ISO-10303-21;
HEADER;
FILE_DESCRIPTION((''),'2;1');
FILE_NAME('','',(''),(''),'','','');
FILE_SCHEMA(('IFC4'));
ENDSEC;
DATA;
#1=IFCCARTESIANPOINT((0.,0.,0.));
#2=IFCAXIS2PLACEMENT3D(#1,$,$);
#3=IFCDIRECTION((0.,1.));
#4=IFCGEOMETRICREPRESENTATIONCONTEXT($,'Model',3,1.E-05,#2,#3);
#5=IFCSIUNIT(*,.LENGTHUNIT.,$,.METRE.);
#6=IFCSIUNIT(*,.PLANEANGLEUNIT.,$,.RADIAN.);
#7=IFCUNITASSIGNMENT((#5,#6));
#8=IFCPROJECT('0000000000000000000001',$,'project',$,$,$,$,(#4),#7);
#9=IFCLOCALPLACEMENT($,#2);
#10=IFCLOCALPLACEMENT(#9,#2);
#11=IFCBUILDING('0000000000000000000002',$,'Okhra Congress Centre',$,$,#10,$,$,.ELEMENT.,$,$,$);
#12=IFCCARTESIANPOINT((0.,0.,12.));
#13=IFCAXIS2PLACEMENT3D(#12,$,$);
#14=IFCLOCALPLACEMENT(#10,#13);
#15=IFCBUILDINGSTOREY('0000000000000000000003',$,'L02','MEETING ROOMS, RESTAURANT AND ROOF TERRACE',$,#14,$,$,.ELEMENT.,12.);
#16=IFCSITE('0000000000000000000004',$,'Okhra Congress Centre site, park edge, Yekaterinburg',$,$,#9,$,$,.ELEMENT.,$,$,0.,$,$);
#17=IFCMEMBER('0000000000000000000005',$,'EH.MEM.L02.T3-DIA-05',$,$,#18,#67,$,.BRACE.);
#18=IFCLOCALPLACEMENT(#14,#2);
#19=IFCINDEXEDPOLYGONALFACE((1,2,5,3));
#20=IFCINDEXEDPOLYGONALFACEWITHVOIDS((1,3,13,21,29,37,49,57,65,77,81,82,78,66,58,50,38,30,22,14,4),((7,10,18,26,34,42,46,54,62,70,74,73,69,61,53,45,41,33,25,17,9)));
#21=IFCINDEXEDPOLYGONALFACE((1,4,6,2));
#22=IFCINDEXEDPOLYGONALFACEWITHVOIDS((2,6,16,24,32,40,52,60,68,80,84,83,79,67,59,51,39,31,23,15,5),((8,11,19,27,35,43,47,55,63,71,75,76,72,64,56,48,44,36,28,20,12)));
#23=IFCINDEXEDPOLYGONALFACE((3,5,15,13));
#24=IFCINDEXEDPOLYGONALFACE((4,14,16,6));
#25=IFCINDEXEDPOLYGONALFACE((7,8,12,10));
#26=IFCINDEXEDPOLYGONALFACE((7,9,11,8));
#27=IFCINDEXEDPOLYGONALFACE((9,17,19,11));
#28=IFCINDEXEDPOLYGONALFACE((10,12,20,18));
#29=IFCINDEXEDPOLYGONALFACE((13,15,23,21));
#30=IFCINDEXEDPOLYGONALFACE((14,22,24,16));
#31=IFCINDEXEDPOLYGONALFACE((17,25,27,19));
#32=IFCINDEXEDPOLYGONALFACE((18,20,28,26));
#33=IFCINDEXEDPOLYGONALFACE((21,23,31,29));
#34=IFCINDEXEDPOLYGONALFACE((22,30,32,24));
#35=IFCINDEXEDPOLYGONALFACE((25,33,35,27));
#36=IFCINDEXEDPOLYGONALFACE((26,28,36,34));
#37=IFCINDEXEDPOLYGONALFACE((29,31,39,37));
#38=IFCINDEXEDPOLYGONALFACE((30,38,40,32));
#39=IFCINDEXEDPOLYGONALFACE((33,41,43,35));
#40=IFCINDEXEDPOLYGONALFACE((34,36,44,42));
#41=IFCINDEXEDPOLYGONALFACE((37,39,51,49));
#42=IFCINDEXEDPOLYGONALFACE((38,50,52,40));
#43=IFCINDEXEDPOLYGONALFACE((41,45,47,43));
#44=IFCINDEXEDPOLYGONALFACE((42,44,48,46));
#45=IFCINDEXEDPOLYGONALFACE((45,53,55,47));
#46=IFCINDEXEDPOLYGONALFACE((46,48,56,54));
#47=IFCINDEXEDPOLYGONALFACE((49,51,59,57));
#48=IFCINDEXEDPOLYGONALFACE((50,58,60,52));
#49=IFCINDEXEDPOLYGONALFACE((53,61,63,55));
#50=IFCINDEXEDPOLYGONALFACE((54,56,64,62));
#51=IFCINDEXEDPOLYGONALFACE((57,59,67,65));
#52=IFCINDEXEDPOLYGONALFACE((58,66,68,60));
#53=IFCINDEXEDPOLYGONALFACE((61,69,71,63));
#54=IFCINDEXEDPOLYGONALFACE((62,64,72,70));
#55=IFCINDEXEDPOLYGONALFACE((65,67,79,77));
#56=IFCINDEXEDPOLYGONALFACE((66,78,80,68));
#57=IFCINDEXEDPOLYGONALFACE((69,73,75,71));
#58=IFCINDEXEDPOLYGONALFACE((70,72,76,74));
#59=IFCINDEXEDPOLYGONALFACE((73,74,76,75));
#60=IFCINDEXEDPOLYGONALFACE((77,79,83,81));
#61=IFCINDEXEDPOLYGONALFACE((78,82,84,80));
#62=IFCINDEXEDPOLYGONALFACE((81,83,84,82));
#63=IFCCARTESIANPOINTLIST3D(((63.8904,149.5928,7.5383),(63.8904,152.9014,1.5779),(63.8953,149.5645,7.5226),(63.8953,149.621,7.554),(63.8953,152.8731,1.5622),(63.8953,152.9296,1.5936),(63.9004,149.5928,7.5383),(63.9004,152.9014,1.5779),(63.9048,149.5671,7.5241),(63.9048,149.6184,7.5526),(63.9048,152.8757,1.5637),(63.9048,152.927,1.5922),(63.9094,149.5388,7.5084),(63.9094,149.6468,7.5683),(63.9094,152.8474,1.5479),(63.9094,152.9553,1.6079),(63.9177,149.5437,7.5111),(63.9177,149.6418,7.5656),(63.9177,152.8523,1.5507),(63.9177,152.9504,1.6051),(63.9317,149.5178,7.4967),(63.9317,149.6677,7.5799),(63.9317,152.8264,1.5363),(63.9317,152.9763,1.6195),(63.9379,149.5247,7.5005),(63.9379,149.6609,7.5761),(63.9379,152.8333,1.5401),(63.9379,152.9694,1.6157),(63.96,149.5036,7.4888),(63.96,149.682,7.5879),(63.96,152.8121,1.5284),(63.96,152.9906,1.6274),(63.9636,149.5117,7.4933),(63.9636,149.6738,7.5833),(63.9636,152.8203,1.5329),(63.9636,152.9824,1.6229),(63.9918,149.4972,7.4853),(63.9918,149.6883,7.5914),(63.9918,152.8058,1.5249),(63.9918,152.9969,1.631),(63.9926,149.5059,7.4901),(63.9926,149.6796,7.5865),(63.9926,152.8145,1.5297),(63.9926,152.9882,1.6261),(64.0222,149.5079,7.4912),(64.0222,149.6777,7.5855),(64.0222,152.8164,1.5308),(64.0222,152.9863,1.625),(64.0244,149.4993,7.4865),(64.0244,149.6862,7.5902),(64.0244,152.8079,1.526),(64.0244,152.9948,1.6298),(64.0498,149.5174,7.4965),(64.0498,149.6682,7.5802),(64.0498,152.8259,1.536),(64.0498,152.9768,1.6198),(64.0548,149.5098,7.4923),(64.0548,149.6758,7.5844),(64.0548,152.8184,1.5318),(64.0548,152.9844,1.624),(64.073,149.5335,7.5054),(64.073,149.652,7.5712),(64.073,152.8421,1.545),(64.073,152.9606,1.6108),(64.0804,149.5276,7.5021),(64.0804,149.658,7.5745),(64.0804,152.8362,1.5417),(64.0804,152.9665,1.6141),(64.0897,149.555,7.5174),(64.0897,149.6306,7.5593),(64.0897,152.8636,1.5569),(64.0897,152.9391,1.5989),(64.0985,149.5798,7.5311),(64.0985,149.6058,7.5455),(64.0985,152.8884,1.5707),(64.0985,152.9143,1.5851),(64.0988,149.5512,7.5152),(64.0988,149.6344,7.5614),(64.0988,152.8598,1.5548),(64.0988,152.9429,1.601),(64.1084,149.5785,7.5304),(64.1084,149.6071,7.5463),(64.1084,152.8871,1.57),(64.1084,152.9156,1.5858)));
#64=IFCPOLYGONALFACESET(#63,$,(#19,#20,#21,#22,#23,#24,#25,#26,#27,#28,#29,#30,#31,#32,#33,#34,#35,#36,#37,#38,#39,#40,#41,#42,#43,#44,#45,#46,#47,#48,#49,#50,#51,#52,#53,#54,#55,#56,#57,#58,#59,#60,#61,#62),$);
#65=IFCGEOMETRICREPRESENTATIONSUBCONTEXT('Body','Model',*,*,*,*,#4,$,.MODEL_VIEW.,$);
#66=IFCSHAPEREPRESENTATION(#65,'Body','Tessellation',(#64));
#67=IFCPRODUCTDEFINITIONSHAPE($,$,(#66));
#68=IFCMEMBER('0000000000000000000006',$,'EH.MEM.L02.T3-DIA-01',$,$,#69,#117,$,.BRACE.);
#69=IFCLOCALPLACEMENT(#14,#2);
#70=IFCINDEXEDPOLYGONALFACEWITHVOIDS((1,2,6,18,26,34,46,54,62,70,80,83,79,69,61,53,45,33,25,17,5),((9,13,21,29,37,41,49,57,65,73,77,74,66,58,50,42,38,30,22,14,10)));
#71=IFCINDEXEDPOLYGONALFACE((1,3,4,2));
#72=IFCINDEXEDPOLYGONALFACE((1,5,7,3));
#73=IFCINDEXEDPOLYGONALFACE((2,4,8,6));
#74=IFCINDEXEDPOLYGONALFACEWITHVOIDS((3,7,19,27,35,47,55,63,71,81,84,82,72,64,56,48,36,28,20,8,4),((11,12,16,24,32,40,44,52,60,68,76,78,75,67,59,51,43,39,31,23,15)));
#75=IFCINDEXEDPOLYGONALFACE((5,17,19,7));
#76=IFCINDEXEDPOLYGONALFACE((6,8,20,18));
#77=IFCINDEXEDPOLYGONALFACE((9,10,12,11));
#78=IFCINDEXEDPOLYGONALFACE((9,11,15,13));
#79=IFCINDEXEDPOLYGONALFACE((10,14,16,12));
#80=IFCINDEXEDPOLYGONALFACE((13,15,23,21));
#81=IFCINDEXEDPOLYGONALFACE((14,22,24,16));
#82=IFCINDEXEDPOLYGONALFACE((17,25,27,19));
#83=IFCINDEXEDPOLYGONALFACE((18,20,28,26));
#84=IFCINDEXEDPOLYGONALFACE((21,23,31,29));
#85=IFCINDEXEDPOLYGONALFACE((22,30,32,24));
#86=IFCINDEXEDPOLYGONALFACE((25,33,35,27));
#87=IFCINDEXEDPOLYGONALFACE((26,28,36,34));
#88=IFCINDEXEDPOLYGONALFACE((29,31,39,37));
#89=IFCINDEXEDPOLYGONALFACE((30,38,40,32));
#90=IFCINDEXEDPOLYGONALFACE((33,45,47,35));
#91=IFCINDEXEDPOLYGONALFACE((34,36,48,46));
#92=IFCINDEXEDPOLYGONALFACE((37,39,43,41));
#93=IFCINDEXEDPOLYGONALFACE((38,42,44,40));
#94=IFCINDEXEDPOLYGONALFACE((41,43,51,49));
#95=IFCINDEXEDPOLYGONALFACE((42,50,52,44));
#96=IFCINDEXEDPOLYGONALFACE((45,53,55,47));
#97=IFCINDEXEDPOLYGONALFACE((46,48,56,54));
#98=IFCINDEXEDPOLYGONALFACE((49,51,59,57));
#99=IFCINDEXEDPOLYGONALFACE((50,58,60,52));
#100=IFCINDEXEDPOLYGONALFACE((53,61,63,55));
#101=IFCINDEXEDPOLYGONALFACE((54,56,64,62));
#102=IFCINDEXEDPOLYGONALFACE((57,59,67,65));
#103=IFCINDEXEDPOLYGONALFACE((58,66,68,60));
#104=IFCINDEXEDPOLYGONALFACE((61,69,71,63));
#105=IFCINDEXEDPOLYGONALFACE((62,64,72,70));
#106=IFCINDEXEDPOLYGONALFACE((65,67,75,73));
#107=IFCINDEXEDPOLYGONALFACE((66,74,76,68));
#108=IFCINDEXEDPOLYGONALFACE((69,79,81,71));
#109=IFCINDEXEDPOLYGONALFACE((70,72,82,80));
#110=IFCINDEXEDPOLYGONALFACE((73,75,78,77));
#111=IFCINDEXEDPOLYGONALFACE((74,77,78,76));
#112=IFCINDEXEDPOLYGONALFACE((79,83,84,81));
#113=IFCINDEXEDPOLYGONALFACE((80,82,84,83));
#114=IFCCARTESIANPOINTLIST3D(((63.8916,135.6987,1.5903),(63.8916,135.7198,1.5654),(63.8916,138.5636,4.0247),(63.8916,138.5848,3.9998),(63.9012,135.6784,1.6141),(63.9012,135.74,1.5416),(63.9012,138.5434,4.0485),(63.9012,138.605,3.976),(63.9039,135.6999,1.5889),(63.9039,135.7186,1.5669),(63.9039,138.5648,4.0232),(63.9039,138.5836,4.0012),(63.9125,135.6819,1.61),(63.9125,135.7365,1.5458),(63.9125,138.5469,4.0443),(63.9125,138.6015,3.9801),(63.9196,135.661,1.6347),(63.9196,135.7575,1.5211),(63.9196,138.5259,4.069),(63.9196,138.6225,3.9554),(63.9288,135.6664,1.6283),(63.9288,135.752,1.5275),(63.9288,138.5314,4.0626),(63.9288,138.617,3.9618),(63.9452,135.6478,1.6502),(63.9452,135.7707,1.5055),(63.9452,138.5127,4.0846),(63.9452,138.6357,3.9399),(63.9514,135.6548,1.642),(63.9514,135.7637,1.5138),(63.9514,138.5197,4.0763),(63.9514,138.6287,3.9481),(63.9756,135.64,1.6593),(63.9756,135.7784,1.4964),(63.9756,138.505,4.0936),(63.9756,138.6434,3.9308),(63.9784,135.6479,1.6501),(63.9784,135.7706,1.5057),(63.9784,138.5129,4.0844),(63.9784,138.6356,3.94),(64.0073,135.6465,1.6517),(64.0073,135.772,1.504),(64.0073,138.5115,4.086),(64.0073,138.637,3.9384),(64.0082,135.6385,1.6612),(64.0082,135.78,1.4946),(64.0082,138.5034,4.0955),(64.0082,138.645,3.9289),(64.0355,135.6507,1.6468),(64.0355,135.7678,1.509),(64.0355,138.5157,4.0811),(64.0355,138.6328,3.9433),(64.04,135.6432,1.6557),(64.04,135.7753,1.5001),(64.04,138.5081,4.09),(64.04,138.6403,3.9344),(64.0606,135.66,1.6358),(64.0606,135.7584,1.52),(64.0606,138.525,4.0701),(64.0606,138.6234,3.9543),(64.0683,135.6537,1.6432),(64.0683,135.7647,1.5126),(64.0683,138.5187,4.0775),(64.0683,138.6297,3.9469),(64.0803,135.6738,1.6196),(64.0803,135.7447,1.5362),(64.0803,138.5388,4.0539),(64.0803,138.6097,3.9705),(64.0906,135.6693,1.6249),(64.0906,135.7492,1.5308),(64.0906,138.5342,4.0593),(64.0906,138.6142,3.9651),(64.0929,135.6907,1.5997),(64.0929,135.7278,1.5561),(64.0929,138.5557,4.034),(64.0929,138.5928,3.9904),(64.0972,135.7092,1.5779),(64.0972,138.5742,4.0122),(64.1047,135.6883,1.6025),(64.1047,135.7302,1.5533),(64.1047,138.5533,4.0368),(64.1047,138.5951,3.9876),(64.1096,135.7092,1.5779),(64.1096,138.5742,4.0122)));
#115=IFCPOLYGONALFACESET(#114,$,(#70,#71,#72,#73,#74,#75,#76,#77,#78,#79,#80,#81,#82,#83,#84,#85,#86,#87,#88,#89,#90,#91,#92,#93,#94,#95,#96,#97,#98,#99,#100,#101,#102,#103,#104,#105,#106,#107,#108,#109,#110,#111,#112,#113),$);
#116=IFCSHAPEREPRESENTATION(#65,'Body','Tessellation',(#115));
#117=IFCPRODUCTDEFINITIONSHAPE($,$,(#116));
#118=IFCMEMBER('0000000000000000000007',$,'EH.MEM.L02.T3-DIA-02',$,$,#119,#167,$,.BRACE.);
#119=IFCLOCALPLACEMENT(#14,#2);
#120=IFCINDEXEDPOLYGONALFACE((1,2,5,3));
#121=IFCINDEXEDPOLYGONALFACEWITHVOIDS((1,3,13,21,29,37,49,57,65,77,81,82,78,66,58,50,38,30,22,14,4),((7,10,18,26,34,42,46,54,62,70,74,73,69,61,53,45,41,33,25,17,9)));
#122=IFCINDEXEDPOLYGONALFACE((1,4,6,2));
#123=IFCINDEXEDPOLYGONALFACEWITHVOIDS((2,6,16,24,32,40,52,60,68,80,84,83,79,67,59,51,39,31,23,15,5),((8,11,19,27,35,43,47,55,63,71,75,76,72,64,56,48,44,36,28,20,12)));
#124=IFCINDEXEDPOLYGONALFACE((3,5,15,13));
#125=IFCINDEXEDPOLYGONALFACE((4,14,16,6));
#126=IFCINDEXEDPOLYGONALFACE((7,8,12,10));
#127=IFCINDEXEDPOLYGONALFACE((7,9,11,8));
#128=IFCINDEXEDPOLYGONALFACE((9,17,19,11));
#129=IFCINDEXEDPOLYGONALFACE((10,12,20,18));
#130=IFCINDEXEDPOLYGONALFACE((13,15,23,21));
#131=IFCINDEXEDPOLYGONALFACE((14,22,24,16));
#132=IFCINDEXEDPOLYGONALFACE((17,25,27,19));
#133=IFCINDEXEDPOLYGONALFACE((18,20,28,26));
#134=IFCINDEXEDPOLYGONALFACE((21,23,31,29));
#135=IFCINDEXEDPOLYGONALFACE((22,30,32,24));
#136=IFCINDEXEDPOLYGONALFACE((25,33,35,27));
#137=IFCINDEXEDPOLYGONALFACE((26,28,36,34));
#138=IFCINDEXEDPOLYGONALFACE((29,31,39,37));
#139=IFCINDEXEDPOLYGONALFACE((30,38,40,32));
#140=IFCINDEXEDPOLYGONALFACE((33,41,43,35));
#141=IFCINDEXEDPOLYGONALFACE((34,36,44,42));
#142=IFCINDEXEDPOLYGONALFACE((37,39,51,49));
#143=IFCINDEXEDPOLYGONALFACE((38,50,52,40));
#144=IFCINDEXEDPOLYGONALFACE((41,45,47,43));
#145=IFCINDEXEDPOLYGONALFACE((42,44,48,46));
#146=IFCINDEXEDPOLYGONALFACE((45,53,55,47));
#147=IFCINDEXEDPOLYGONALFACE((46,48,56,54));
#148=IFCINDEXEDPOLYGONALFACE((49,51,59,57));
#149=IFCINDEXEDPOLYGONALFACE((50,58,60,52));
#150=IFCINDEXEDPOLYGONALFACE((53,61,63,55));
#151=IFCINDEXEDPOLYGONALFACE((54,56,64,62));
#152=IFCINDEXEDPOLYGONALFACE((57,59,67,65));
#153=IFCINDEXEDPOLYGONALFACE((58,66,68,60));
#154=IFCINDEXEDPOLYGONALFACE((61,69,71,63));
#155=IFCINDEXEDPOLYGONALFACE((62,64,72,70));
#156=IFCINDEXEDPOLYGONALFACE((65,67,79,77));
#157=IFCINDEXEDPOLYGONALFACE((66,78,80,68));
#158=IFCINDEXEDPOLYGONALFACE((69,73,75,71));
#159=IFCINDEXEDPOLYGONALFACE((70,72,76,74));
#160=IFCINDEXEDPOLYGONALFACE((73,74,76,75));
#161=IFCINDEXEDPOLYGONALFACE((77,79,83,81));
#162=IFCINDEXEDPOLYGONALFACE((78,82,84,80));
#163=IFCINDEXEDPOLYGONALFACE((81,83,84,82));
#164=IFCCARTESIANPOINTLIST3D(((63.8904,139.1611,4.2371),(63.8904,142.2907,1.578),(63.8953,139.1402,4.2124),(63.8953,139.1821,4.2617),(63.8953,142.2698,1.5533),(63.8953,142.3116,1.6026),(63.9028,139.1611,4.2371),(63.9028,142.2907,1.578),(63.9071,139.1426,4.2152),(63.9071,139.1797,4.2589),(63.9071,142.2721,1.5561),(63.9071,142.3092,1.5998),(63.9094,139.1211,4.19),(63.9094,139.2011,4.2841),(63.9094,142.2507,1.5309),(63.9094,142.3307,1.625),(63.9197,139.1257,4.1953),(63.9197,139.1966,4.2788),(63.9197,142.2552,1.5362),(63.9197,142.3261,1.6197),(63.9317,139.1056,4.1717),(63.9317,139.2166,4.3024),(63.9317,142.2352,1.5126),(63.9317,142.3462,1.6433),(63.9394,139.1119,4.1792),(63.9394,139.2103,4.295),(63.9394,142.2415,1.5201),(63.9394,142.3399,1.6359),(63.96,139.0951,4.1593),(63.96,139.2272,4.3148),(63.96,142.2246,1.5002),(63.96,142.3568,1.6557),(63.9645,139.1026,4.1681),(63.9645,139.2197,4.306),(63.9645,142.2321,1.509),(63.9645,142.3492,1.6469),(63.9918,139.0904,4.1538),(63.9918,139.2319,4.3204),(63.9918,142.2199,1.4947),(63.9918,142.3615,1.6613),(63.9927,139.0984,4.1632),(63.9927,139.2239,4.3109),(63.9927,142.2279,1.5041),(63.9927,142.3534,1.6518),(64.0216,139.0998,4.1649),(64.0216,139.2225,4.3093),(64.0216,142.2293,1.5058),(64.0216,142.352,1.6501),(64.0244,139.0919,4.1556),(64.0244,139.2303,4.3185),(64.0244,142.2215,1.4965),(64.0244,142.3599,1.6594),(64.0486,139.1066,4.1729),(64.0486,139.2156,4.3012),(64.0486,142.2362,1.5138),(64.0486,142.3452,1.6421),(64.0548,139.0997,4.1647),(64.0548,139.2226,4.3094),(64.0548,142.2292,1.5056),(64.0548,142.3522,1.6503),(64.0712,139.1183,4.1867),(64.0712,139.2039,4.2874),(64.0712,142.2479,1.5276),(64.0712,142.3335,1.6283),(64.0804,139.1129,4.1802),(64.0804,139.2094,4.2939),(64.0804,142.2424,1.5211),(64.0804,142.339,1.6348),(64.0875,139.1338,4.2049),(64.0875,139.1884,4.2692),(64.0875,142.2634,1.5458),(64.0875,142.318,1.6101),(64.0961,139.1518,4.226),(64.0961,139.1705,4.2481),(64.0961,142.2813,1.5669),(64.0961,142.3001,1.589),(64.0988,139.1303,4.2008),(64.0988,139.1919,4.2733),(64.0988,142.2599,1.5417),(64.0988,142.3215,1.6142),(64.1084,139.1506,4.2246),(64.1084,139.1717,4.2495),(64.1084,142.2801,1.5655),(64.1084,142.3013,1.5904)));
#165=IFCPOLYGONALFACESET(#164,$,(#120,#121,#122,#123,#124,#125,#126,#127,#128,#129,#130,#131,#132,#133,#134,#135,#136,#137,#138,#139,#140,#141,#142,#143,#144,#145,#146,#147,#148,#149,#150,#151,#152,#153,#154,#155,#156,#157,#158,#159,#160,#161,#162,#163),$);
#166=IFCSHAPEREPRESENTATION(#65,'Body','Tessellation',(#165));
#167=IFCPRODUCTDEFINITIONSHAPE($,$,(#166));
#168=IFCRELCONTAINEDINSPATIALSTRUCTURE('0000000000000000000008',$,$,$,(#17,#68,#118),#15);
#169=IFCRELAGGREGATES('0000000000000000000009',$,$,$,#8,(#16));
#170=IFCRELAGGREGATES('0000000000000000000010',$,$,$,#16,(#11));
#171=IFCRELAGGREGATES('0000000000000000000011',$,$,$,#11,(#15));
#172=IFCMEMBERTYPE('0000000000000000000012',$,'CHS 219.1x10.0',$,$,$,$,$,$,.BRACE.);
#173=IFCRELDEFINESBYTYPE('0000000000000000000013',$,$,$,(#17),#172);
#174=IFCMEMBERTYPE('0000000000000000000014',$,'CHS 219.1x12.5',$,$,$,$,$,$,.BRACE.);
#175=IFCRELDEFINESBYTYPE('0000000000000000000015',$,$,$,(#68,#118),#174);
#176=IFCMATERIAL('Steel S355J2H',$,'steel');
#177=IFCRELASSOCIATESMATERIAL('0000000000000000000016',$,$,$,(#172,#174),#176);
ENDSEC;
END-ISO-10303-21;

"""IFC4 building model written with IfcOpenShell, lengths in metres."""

from ifc_helpers import new_model, si_unit, direction, frame, origin, origin_2d, place, context, subcontext, project, spatial, hollow_circle, extrude, material, material_profile, profile_set, type_object, element, save


model = new_model("IFC4")

# Units and contexts
model_context = context("Model", 3, precision=1e-05, world=origin(), true_north=direction((0.0, 1.0)))
body_context = subcontext(model_context, "Body", "Model", "MODEL_VIEW")
ifc_project = project(units=[si_unit("LENGTHUNIT", "METRE"), si_unit("PLANEANGLEUNIT", "RADIAN")], contexts=[model_context])

# Site, building, storey
site_placement = place(None, origin())
site = spatial("IfcSite", under=ifc_project, at=site_placement, Name="Okhra Congress Centre site, park edge, Yekaterinburg", CompositionType="ELEMENT", RefElevation=0.0)
building_placement = place(site_placement, origin())
building = spatial("IfcBuilding", under=site, at=building_placement, Name="Okhra Congress Centre", CompositionType="ELEMENT")
storey_placement = place(building_placement, frame((0.0, 0.0, 12.0)))
storey = spatial("IfcBuildingStorey", under=building, at=storey_placement, Name="L02", Description="MEETING ROOMS, RESTAURANT AND ROOF TERRACE", CompositionType="ELEMENT", Elevation=12.0)

# Members
ifc_material_1 = material(Name="Steel S355J2H", Category="steel")
ifc_material_profile_1 = material_profile(ifc_material_1, hollow_circle(Radius=0.1096, WallThickness=0.01, at=origin_2d()), Name="CHS 219.1x10.0")
ifc_profile_set_1 = profile_set([ifc_material_profile_1], Name="Steel S355J2H")
member_type_1 = type_object("IfcMemberType", Name="CHS 219.1x10.0", PredefinedType="BRACE", material=ifc_profile_set_1)
member_1_placement = place(storey_placement, frame((64.0, 149.5928, 7.5383), z_axis=(0.0, 0.485333, -0.87433), x_axis=(-1.0, 0.0, 0.0)))
element("IfcMember", 1, at=member_1_placement, inside=storey, type_object=member_type_1, Name="EH.MEM.L02.T3-DIA-05", PredefinedType="BRACE", context=body_context, shape_type="SweptSolid", body=[
    extrude(hollow_circle(Radius=0.1096, WallThickness=0.01, at=origin_2d()), origin(), (0.0, 0.0, 1.0), 6.8171),
])
ifc_material_profile_2 = material_profile(ifc_material_1, hollow_circle(Radius=0.1096, WallThickness=0.0125, at=origin_2d()), Name="CHS 219.1x12.5")
ifc_profile_set_2 = profile_set([ifc_material_profile_2], Name="Steel S355J2H")
member_type_2 = type_object("IfcMemberType", Name="CHS 219.1x12.5", PredefinedType="BRACE", material=ifc_profile_set_2)
member_2_placement = place(storey_placement, frame((64.0, 138.5742, 4.0122), z_axis=(0.0, -0.762059, -0.647507), x_axis=(1.0, 0.0, 0.0)))
element("IfcMember", 2, at=member_2_placement, inside=storey, type_object=member_type_2, Name="EH.MEM.L02.T3-DIA-01", PredefinedType="BRACE", context=body_context, shape_type="SweptSolid", body=[
    extrude(hollow_circle(Radius=0.1096, WallThickness=0.0125, at=origin_2d()), origin(), (0.0, 0.0, 1.0), 3.7595),
])
member_3_placement = place(storey_placement, frame((64.0, 139.1611, 4.2371), z_axis=(0.0, 0.762061, -0.647505), x_axis=(-1.0, 0.0, 0.0)))
element("IfcMember", 3, at=member_3_placement, inside=storey, type_object=member_type_2, Name="EH.MEM.L02.T3-DIA-02", PredefinedType="BRACE", context=body_context, shape_type="SweptSolid", body=[
    extrude(hollow_circle(Radius=0.1096, WallThickness=0.0125, at=origin_2d()), origin(), (0.0, 0.0, 1.0), 4.1067),
])

save(model, "model.ifc")
